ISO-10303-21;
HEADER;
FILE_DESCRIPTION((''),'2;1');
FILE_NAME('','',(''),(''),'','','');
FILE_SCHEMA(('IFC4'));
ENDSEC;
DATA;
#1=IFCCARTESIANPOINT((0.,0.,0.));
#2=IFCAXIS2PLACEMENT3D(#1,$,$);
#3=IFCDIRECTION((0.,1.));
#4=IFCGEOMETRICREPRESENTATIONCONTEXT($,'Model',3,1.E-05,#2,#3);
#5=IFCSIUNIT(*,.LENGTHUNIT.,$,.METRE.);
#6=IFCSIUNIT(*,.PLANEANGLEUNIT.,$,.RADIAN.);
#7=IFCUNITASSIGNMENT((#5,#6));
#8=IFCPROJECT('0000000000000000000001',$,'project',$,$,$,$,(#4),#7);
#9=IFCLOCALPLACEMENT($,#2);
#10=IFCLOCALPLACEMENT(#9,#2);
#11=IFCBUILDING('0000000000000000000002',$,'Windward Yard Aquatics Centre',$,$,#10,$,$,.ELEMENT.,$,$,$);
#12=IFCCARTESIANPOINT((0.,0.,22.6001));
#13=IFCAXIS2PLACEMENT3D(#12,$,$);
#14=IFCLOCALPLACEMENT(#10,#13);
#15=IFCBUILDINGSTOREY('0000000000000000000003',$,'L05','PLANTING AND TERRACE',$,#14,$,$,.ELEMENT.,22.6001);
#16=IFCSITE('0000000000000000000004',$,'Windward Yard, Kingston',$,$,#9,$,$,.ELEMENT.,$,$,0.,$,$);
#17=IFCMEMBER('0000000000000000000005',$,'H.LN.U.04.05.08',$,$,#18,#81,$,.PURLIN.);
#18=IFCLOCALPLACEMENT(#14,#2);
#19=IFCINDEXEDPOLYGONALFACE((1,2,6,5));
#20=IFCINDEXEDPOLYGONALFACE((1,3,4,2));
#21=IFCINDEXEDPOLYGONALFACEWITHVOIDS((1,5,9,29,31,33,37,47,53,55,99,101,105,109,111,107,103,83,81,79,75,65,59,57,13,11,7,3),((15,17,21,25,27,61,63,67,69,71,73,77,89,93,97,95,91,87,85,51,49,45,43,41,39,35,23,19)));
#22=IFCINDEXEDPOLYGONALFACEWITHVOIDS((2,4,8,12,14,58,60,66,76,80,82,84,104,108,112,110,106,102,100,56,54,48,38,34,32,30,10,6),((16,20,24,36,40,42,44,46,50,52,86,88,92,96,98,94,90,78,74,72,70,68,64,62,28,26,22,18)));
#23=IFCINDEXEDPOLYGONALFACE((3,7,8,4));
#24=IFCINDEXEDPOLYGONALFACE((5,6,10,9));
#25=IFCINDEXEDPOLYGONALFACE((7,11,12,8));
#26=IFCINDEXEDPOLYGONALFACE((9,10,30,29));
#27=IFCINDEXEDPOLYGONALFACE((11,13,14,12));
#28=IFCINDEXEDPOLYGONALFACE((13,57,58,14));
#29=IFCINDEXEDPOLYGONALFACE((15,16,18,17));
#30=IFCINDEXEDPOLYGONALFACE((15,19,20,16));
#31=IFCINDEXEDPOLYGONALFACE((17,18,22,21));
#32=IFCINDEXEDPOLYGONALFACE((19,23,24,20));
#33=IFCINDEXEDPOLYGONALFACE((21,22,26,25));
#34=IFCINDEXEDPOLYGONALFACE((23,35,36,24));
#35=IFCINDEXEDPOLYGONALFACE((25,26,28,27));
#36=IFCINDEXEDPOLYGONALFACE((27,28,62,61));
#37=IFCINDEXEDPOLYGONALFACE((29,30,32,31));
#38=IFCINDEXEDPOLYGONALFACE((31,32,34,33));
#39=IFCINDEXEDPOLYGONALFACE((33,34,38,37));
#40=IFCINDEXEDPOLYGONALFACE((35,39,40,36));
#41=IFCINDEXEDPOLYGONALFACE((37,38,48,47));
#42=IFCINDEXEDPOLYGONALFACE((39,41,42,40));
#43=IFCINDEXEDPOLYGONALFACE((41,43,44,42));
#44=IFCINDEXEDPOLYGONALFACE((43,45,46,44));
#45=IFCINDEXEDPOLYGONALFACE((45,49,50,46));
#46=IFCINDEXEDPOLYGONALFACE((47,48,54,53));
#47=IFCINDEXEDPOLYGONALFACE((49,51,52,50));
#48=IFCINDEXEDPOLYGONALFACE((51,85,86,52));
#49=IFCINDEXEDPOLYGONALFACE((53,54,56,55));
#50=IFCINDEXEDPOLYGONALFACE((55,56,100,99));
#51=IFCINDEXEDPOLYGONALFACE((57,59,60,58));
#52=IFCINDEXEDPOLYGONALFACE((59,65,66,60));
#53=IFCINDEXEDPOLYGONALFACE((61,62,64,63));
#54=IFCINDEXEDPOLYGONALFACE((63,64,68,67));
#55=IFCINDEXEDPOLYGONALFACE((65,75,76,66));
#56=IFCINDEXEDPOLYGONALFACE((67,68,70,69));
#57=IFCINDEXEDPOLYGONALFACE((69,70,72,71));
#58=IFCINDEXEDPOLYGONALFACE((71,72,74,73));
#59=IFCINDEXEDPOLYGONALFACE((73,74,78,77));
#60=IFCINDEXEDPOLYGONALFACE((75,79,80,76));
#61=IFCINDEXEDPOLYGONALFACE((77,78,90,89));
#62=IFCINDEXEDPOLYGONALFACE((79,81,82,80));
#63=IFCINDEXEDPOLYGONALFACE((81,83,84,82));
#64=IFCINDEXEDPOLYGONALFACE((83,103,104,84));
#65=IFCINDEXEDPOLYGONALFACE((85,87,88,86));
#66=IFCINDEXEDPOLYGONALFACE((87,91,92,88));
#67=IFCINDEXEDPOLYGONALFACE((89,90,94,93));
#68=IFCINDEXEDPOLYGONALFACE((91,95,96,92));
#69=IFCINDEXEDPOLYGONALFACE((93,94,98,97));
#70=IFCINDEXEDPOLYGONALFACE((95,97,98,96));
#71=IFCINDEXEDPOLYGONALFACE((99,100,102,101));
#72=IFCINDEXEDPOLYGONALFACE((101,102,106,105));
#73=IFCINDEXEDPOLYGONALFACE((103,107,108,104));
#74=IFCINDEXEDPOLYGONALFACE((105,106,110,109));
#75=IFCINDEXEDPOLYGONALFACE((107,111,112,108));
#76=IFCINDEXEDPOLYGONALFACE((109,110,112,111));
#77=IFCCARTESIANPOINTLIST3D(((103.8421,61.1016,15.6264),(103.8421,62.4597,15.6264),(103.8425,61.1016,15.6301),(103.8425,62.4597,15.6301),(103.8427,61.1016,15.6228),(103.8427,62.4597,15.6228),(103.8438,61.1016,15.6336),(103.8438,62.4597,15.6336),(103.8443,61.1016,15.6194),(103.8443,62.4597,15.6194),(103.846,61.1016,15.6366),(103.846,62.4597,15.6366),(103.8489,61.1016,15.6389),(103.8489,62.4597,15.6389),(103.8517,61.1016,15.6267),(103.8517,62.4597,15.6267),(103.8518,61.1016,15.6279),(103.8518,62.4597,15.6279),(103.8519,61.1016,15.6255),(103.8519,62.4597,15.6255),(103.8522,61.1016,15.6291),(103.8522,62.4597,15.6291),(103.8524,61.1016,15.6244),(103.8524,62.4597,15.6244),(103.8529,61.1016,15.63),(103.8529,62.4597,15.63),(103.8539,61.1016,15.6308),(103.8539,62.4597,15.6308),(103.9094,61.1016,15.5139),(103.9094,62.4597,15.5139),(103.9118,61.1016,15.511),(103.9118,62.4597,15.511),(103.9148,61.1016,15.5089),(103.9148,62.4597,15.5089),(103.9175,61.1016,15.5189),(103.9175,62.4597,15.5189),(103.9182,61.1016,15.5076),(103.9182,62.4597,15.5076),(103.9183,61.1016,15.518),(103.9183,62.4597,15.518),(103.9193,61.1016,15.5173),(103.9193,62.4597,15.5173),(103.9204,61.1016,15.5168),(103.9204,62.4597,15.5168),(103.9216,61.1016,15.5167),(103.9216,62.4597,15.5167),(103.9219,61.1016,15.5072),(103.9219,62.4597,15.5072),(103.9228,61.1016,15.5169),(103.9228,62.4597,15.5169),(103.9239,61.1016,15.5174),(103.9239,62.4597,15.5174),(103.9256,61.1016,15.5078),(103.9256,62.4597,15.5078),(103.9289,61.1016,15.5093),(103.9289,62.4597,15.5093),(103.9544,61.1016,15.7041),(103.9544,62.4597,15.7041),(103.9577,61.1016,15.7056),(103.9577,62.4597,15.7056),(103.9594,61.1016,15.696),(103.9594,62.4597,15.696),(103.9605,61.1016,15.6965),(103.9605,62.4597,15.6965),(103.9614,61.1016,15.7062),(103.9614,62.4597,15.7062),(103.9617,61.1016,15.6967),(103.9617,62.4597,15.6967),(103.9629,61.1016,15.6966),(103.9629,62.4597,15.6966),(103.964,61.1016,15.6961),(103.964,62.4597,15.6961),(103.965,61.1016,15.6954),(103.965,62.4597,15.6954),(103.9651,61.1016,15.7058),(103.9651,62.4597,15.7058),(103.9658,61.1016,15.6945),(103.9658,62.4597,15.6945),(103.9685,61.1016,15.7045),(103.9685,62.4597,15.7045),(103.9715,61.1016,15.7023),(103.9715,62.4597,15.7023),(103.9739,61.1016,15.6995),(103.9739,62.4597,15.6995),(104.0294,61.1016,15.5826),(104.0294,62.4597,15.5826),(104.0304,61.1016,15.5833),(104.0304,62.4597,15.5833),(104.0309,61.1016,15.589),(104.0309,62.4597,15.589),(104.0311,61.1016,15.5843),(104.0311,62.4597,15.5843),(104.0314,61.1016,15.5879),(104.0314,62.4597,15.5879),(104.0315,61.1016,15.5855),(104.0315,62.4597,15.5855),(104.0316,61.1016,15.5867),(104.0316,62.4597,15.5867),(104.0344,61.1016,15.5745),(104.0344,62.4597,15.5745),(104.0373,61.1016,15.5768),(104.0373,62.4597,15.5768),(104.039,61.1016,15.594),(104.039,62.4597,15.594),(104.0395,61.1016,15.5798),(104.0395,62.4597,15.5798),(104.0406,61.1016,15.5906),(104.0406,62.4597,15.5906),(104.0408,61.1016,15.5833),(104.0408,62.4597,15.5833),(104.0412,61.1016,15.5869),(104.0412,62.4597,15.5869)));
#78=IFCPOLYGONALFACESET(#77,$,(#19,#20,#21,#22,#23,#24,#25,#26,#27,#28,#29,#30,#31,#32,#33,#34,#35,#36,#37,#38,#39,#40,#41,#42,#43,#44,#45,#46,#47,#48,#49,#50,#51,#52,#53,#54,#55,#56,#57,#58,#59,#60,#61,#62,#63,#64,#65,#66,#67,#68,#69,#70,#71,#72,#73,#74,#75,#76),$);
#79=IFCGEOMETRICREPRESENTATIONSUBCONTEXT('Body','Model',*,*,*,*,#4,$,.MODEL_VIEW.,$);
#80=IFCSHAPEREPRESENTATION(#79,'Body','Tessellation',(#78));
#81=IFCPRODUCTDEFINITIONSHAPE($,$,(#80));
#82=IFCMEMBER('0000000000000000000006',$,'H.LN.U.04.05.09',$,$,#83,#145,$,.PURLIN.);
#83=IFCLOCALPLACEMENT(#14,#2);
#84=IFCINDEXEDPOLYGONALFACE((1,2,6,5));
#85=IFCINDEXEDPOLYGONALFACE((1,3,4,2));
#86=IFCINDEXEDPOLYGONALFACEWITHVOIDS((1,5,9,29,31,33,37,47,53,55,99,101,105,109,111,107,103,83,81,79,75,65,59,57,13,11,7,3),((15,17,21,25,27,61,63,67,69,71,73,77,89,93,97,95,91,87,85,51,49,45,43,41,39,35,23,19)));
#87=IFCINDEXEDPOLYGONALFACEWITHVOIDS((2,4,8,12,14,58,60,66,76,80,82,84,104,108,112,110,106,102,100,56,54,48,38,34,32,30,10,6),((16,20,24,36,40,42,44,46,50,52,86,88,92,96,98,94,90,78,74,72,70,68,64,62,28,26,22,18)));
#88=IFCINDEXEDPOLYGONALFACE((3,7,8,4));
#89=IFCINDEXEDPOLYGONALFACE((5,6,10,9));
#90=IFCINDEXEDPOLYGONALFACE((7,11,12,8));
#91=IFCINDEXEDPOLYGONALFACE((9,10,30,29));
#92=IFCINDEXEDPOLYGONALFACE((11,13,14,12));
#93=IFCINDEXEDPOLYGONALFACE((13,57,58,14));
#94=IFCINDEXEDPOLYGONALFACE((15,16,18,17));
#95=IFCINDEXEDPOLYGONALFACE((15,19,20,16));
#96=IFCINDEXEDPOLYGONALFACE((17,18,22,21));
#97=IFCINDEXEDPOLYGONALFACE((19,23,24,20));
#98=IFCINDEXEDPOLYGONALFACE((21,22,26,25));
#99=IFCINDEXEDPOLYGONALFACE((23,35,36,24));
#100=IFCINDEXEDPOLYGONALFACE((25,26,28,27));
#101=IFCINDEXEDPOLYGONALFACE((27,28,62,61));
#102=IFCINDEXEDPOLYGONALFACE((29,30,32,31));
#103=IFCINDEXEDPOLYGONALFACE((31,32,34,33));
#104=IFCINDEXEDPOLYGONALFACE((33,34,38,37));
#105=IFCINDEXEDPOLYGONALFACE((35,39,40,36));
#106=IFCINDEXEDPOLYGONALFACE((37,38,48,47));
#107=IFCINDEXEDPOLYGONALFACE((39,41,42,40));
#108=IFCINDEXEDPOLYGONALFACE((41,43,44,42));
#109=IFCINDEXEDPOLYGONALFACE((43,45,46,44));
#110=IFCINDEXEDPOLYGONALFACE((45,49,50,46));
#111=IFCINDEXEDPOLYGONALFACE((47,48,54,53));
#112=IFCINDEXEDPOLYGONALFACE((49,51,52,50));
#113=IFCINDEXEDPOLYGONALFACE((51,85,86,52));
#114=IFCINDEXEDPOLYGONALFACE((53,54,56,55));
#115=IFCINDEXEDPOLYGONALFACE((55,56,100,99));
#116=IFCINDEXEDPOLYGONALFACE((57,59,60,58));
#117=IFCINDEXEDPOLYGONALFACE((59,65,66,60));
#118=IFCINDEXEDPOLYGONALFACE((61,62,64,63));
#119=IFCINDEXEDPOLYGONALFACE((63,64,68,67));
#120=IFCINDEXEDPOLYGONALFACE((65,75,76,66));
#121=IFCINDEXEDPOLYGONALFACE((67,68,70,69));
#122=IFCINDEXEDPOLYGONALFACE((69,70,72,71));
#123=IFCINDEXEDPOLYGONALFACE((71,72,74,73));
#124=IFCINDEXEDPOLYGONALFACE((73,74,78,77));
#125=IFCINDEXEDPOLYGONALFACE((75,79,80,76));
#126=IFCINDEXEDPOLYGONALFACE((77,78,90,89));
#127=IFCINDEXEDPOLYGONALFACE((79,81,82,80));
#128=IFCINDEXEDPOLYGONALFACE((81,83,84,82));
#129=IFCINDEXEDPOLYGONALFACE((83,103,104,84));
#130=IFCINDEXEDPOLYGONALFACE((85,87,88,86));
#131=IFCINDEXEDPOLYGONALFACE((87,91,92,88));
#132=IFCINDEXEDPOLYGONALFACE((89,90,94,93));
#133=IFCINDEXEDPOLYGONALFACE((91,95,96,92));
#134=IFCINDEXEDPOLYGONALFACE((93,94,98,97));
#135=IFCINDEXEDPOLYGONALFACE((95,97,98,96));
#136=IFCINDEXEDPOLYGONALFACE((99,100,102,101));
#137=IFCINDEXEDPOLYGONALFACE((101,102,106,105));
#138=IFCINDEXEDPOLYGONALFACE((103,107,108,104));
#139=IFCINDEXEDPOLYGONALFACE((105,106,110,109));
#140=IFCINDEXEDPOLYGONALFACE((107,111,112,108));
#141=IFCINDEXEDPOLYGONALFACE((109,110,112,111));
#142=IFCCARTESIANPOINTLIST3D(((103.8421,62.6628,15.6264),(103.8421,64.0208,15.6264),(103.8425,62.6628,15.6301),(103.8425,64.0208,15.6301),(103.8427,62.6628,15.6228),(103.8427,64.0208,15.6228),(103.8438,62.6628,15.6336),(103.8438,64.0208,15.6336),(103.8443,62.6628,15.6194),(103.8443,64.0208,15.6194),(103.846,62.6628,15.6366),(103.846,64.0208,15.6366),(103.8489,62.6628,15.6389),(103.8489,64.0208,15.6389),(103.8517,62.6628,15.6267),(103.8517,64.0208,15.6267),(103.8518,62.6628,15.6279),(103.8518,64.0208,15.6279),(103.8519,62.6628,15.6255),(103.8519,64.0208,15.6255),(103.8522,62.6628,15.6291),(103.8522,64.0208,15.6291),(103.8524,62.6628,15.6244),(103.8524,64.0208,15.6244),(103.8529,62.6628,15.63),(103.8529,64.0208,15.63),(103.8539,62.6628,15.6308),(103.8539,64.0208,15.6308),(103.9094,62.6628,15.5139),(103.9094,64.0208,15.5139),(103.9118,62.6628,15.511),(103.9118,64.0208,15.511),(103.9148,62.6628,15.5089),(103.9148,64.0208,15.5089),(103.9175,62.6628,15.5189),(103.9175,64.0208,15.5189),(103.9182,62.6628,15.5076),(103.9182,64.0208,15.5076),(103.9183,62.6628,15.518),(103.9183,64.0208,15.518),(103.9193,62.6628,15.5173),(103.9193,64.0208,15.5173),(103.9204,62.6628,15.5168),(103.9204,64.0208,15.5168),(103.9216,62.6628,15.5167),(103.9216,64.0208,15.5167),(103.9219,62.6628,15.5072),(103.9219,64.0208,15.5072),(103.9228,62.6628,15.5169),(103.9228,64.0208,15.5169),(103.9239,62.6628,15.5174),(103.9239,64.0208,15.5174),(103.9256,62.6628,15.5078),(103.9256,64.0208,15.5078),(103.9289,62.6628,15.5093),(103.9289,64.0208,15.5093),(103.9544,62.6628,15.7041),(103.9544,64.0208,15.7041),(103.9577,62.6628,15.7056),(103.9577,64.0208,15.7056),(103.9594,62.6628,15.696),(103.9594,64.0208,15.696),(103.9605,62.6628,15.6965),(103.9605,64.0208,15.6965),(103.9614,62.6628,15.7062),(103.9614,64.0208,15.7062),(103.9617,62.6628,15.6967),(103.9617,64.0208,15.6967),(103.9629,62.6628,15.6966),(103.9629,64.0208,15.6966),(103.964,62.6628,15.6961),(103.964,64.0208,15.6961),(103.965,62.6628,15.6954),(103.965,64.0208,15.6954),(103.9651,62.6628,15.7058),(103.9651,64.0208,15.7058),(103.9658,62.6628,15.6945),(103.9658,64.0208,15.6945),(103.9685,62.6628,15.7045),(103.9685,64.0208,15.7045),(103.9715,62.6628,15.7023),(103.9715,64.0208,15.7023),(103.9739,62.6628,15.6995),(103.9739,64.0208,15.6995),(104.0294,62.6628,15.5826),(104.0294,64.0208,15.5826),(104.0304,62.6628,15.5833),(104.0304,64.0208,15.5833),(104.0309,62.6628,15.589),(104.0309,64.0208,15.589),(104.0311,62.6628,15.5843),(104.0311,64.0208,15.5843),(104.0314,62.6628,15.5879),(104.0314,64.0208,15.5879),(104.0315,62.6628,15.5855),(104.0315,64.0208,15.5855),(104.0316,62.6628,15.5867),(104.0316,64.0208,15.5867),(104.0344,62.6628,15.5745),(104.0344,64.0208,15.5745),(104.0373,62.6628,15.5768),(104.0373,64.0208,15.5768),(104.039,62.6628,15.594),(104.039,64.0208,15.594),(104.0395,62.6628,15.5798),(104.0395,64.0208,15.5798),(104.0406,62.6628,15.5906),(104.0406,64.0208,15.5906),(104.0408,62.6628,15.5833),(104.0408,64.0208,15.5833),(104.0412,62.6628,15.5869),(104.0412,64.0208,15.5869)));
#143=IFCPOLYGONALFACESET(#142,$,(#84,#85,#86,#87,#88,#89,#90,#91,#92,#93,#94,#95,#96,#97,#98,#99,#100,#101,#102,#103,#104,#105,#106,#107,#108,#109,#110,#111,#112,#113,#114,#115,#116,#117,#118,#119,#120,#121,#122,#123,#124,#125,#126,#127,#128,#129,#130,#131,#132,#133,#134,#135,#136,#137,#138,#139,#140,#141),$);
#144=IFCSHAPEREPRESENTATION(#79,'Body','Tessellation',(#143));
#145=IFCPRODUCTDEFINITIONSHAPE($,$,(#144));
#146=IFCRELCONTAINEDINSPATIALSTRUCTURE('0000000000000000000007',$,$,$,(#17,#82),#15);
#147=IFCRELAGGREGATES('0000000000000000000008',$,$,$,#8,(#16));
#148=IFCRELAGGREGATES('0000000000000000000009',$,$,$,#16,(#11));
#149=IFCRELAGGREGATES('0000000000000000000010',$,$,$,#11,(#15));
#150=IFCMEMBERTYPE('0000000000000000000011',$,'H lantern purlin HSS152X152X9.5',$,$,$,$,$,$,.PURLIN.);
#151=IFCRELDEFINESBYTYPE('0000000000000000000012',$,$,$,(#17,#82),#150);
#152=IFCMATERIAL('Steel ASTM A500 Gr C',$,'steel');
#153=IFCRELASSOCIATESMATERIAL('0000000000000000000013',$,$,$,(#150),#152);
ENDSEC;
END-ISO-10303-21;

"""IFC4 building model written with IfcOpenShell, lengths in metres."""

from ifc_helpers import new_model, si_unit, direction, frame, origin, origin_2d, place, context, subcontext, project, spatial, hollow_rectangle, extrude, material, material_profile, profile_set, type_object, element, save


model = new_model("IFC4")

# Units and contexts
model_context = context("Model", 3, precision=1e-05, world=origin(), true_north=direction((0.0, 1.0)))
body_context = subcontext(model_context, "Body", "Model", "MODEL_VIEW")
ifc_project = project(units=[si_unit("LENGTHUNIT", "METRE"), si_unit("PLANEANGLEUNIT", "RADIAN")], contexts=[model_context])

# Site, building, storey
site_placement = place(None, origin())
site = spatial("IfcSite", under=ifc_project, at=site_placement, Name="Windward Yard, Kingston", CompositionType="ELEMENT", RefElevation=0.0)
building_placement = place(site_placement, origin())
building = spatial("IfcBuilding", under=site, at=building_placement, Name="Windward Yard Aquatics Centre", CompositionType="ELEMENT")
storey_placement = place(building_placement, frame((0.0, 0.0, 22.6001)))
storey = spatial("IfcBuildingStorey", under=building, at=storey_placement, Name="L05", Description="PLANTING AND TERRACE", CompositionType="ELEMENT", Elevation=22.6001)

# Members
ifc_material_1 = material(Name="Steel ASTM A500 Gr C", Category="steel")
ifc_material_profile = material_profile(ifc_material_1, hollow_rectangle(XDim=0.1523, YDim=0.1523, WallThickness=0.0095, InnerFilletRadius=0.0046, OuterFilletRadius=0.0142, at=origin_2d()), Name="HSS152X152X9.5")
ifc_profile_set = profile_set([ifc_material_profile], Name="Steel ASTM A500 Gr C")
member_type = type_object("IfcMemberType", Name="H lantern purlin HSS152X152X9.5", PredefinedType="PURLIN", material=ifc_profile_set)
for number, where, z_axis, x_axis, name in (
    (1, (103.9417, 61.1016, 15.6067), (0.0, 1.0, 0.0), (-0.850755, 0.0, -0.525562), "H.LN.U.04.05.08"),
):
    element("IfcMember", number, at=place(storey_placement, frame(where, z_axis=z_axis, x_axis=x_axis)), inside=storey, type_object=member_type, Name=name, PredefinedType="PURLIN", context=body_context, shape_type="SweptSolid", body=[
        extrude(hollow_rectangle(XDim=0.1523, YDim=0.1523, WallThickness=0.0095, InnerFilletRadius=0.0046, OuterFilletRadius=0.0142, at=origin_2d()), origin(), (0.0, 0.0, 1.0), 1.3582),
    ])
member_1_placement = place(storey_placement, frame((103.9417, 62.6628, 15.6067), z_axis=(0.0, 1.0, 0.0), x_axis=(-0.850755, 0.0, -0.525562)))
element("IfcMember", 2, at=member_1_placement, inside=storey, type_object=member_type, Name="H.LN.U.04.05.09", PredefinedType="PURLIN", context=body_context, shape_type="SweptSolid", body=[
    extrude(hollow_rectangle(XDim=0.1523, YDim=0.1523, WallThickness=0.0095, InnerFilletRadius=0.0046, OuterFilletRadius=0.0142, at=origin_2d()), origin(), (0.0, 0.0, 1.0), 1.3579),
])

save(model, "model.ifc")
